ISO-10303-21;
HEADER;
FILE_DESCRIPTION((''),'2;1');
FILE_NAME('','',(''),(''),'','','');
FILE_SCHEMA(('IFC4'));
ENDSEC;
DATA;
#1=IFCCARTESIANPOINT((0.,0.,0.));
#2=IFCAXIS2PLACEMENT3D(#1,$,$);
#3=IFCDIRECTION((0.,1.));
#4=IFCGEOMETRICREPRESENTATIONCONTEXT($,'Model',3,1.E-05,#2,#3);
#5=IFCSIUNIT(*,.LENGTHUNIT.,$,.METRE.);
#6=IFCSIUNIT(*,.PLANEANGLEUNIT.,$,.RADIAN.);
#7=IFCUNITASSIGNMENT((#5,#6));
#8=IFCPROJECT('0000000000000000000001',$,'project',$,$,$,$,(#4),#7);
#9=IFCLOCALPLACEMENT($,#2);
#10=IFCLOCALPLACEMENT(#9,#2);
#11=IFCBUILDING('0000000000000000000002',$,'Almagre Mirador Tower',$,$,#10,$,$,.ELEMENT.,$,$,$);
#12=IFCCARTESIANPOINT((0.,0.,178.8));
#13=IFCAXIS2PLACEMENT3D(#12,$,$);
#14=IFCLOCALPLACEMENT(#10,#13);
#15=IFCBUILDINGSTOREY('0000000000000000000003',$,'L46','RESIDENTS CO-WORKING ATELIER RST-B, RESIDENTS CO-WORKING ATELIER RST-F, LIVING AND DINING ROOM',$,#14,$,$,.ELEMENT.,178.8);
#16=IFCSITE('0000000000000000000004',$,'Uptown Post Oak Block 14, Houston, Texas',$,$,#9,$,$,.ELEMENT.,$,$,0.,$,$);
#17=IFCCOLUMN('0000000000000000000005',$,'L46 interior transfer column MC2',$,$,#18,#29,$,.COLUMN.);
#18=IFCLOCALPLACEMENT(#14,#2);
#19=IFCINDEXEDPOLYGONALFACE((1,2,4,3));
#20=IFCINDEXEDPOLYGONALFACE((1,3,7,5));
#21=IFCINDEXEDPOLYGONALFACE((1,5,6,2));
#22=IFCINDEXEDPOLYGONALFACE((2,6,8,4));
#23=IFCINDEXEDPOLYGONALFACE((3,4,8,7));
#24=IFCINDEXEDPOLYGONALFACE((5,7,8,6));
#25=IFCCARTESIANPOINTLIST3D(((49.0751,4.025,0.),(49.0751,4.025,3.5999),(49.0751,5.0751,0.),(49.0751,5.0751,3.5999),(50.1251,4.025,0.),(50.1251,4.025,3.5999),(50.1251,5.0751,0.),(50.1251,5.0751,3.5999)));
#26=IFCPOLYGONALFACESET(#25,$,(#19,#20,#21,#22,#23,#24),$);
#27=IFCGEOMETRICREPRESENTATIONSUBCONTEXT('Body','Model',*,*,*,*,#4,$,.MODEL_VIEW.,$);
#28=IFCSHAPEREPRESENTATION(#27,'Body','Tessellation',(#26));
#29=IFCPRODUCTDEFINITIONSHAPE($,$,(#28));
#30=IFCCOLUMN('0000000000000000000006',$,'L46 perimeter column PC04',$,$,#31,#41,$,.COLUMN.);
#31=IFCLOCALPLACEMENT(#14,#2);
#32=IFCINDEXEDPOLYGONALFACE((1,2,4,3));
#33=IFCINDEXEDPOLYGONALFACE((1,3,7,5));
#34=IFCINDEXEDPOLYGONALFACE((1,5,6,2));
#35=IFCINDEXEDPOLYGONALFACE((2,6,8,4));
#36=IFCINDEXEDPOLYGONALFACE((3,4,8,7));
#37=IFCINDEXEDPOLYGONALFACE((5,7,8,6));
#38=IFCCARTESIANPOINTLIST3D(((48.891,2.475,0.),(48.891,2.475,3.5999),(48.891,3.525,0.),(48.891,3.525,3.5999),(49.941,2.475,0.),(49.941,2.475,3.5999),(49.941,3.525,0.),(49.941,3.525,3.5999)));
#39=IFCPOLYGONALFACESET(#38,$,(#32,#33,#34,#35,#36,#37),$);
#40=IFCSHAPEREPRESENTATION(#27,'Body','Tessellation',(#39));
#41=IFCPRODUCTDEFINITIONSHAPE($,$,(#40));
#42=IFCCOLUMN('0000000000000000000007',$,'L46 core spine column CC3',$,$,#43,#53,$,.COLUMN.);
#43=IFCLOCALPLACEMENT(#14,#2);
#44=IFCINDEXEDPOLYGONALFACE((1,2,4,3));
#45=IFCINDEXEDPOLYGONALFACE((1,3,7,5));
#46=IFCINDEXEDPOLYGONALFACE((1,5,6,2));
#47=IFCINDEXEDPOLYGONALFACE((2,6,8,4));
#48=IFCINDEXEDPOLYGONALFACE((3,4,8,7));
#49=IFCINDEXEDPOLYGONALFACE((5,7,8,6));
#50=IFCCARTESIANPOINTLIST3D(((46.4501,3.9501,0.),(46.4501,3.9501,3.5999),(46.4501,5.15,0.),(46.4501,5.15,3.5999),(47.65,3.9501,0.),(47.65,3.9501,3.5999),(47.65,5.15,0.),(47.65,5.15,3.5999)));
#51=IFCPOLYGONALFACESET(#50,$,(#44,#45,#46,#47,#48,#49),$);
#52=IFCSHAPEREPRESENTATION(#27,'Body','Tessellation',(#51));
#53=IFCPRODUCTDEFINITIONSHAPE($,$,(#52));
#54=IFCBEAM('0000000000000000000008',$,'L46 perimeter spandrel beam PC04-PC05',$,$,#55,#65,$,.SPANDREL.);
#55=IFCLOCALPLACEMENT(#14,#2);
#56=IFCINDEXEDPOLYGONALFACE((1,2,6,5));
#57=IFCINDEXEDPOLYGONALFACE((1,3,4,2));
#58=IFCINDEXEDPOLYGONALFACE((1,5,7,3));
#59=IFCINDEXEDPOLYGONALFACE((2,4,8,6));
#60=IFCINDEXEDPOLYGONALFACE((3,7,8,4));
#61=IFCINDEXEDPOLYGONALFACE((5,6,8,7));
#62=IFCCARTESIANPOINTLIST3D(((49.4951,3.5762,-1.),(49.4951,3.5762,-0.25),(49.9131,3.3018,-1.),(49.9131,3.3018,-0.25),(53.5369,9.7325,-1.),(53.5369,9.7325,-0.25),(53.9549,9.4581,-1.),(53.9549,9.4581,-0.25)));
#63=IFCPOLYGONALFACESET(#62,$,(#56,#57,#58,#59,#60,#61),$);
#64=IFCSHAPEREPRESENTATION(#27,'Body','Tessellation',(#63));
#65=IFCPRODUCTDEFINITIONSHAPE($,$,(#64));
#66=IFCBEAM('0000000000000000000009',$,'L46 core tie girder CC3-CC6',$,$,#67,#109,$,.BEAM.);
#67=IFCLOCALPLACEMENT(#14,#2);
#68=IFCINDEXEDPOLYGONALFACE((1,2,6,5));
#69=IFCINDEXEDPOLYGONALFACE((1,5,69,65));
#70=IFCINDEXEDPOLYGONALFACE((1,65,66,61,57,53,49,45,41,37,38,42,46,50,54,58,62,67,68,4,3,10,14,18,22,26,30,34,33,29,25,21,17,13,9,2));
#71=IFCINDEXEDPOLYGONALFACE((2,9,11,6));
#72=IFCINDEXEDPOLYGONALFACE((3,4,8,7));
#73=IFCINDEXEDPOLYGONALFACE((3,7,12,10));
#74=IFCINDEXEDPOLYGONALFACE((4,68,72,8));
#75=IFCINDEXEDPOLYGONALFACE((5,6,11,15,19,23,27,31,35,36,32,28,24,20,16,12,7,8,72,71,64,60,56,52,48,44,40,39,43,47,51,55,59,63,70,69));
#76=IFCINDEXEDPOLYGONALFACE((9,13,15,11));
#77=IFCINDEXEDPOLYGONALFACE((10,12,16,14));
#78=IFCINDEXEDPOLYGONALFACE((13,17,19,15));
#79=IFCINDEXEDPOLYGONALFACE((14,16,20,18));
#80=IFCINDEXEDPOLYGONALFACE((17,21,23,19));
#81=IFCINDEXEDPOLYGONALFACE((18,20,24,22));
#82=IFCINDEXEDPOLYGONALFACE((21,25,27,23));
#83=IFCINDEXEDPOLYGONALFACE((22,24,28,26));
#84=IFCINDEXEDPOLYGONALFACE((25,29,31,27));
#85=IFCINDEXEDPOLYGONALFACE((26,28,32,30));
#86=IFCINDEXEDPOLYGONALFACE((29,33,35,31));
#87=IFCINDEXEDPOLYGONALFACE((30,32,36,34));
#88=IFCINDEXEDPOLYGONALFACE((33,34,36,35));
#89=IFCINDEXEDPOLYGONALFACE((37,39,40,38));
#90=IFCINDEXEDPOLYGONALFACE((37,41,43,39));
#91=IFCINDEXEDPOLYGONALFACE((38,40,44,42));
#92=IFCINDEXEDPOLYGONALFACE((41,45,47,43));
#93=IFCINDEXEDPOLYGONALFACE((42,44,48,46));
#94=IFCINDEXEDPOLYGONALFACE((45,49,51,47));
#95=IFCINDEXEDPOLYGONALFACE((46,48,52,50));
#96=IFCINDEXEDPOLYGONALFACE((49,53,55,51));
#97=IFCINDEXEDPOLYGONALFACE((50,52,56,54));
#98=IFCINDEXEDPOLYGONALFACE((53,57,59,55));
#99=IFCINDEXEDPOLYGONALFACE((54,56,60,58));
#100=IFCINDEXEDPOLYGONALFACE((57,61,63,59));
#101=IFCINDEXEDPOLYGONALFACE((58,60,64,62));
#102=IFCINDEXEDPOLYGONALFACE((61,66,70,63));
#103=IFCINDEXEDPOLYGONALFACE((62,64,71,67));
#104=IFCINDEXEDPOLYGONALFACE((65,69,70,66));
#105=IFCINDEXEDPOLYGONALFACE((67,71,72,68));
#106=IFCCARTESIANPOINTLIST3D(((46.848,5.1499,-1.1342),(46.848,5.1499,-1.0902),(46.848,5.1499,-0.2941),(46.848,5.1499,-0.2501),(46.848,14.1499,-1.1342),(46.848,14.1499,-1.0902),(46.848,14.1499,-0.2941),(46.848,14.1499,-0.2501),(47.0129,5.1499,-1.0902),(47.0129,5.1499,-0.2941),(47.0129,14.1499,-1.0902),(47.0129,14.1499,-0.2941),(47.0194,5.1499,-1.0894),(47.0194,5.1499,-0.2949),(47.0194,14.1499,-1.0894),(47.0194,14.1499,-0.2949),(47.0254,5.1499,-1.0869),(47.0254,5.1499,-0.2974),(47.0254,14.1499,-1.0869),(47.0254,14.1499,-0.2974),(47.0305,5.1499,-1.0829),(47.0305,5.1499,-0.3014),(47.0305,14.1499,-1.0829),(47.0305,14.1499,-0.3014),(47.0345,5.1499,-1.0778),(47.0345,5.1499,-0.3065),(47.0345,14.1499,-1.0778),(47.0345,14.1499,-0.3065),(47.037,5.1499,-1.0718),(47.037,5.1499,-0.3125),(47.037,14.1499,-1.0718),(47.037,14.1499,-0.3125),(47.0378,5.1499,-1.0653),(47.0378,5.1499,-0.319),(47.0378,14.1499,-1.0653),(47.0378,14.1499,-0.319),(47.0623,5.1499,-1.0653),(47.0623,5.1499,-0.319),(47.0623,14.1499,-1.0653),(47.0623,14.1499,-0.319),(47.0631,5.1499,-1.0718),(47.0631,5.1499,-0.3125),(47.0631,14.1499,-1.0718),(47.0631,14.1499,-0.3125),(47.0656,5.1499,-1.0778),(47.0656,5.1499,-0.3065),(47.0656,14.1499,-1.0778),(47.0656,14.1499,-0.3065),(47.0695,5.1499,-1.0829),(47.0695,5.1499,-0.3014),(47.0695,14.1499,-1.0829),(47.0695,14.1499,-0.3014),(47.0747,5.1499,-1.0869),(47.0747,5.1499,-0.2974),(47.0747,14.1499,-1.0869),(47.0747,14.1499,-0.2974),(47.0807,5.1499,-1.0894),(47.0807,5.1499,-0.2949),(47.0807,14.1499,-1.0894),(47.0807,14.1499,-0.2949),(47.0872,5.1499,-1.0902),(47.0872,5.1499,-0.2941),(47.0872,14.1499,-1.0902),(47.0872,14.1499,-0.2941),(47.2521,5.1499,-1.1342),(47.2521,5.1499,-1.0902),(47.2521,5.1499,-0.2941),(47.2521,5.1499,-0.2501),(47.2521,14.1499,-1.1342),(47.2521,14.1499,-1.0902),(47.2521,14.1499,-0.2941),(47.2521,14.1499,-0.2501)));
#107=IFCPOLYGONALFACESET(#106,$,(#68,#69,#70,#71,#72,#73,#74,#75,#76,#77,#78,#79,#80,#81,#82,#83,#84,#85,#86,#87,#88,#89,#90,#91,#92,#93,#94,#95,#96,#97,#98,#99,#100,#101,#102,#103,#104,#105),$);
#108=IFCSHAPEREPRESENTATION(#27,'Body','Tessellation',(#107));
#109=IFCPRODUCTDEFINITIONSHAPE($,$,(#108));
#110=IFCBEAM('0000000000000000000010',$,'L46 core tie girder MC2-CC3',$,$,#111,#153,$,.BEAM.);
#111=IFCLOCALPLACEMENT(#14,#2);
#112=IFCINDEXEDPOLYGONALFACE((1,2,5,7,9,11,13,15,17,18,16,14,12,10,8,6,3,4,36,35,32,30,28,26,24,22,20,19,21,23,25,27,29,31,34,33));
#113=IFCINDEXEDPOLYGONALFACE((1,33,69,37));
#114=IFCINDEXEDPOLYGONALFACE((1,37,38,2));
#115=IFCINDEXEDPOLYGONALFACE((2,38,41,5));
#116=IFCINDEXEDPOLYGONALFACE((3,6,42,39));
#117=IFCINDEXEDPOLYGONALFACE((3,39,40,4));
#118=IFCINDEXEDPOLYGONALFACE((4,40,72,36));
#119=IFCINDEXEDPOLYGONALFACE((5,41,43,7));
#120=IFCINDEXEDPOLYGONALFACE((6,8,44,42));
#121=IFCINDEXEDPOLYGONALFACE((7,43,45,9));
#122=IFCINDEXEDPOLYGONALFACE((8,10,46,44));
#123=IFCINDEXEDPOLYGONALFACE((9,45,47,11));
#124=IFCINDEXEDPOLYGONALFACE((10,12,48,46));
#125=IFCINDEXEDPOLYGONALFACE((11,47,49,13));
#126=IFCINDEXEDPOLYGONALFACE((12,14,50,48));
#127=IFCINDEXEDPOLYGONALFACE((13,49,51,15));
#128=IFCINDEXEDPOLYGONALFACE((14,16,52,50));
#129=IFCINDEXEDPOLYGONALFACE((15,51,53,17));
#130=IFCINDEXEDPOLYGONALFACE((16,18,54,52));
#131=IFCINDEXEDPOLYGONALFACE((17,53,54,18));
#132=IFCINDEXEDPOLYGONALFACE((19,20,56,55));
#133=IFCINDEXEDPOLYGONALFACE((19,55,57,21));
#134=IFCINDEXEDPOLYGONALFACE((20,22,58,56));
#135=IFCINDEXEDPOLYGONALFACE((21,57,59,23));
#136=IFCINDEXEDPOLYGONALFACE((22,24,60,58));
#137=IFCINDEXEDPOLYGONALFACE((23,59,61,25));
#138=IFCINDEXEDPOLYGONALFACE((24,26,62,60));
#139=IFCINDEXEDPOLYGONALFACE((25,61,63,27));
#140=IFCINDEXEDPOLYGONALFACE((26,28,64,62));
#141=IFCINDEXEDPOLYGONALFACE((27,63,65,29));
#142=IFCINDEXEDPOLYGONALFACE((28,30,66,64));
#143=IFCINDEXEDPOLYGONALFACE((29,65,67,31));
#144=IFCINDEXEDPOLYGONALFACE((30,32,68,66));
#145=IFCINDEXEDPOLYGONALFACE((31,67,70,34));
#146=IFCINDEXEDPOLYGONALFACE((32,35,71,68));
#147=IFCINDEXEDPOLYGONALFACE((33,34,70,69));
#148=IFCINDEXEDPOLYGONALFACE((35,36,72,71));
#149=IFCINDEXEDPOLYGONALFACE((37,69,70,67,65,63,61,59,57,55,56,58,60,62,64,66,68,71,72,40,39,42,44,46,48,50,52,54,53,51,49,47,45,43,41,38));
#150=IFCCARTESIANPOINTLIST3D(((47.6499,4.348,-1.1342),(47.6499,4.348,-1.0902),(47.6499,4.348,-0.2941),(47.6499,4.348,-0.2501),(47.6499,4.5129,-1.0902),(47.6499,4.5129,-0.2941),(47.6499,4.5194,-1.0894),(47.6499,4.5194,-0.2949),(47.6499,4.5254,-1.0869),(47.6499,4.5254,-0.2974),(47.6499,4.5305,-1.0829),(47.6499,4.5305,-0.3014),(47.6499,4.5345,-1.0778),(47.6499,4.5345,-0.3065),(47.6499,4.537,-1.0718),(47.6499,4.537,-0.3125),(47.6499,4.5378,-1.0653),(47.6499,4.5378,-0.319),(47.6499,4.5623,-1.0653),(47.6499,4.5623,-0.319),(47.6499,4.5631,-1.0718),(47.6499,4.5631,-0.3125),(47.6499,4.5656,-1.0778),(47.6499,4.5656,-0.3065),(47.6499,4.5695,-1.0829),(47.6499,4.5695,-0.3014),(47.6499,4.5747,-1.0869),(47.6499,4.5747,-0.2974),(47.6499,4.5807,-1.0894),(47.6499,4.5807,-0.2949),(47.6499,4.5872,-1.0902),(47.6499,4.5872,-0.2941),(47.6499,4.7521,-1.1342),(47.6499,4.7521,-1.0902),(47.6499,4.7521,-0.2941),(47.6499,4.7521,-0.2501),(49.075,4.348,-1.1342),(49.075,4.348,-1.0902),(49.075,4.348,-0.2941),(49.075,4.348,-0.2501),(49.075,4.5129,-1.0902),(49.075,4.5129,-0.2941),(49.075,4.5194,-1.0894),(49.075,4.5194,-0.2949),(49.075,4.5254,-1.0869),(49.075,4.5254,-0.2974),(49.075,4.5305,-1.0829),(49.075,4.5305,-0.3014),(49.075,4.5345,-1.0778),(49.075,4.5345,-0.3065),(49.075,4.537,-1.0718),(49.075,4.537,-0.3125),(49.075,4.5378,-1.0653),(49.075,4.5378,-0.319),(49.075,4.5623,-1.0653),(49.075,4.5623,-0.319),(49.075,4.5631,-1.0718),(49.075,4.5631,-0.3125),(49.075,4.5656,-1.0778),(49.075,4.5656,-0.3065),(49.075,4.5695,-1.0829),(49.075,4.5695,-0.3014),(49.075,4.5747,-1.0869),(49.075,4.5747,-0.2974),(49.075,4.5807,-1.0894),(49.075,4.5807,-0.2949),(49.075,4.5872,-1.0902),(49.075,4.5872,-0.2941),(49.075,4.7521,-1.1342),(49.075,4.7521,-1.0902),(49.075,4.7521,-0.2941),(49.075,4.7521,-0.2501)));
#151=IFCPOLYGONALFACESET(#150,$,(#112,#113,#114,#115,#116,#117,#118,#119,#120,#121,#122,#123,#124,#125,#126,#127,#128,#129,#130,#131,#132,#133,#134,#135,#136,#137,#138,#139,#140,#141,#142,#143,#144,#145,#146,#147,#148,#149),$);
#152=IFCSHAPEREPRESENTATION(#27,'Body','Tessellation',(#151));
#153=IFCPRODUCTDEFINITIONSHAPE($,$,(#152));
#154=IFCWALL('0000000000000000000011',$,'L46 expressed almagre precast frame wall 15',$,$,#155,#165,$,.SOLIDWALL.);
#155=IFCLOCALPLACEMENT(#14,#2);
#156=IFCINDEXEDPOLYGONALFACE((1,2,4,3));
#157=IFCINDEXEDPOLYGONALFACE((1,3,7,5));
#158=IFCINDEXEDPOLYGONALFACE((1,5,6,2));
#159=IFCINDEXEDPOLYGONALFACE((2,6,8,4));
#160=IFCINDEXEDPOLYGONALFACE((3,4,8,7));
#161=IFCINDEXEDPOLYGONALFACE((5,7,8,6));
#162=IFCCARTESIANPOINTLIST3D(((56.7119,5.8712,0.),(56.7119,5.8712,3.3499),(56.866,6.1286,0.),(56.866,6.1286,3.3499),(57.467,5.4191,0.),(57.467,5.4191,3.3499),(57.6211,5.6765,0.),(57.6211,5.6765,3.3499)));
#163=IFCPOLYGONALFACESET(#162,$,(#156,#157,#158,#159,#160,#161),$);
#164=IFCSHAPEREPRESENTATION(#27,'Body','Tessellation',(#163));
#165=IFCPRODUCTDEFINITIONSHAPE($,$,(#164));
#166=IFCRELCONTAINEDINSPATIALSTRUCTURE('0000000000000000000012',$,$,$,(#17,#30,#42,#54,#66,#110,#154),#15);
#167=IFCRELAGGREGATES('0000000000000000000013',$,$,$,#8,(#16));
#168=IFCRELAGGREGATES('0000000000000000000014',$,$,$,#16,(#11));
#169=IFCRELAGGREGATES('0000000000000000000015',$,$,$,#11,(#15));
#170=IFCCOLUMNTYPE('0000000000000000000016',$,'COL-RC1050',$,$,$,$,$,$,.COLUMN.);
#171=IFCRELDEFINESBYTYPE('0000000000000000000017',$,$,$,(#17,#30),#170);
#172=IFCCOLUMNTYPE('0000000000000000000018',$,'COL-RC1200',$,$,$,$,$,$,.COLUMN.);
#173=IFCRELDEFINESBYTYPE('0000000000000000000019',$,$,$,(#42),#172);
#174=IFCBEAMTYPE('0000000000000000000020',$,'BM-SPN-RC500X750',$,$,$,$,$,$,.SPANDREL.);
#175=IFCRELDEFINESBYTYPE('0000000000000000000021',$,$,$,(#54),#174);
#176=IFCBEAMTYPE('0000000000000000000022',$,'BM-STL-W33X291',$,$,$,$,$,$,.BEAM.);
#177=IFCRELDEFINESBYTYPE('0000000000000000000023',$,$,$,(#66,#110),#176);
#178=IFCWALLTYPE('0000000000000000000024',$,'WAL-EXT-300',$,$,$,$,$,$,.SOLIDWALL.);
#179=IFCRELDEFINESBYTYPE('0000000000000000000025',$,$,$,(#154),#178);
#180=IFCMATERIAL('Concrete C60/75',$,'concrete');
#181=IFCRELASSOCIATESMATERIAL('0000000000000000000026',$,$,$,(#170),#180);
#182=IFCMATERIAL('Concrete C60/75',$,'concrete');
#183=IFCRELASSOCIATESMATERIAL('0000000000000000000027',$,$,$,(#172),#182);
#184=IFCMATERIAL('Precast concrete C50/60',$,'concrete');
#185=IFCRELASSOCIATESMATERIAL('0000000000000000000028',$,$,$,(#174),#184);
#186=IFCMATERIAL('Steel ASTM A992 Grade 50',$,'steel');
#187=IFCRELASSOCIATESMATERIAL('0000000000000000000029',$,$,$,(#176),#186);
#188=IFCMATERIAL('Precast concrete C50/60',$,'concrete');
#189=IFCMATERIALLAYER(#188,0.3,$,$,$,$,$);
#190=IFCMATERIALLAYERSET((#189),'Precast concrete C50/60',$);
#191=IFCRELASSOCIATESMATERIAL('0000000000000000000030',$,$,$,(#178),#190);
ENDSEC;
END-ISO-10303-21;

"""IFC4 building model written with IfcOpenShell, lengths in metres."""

from ifc_helpers import new_model, si_unit, direction, frame, frame_2d, origin, origin_2d, place, context, subcontext, project, spatial, rectangle, i_section, extrude, material, layer, layer_set, material_profile, profile_set, type_object, element, save


model = new_model("IFC4")

# Units and contexts
model_context = context("Model", 3, precision=1e-05, world=origin(), true_north=direction((0.0, 1.0)))
body_context = subcontext(model_context, "Body", "Model", "MODEL_VIEW")
ifc_project = project(units=[si_unit("LENGTHUNIT", "METRE"), si_unit("PLANEANGLEUNIT", "RADIAN")], contexts=[model_context])

# Site, building, storey
site_placement = place(None, origin())
site = spatial("IfcSite", under=ifc_project, at=site_placement, Name="Uptown Post Oak Block 14, Houston, Texas", CompositionType="ELEMENT", RefElevation=0.0)
building_placement = place(site_placement, origin())
building = spatial("IfcBuilding", under=site, at=building_placement, Name="Almagre Mirador Tower", CompositionType="ELEMENT")
storey_placement = place(building_placement, frame((0.0, 0.0, 178.8)))
storey = spatial("IfcBuildingStorey", under=building, at=storey_placement, Name="L46", Description="RESIDENTS CO-WORKING ATELIER RST-B, RESIDENTS CO-WORKING ATELIER RST-F, LIVING AND DINING ROOM", CompositionType="ELEMENT", Elevation=178.8)

# Columns
ifc_material_1 = material(Name="Concrete C60/75", Category="concrete")
ifc_material_profile_1 = material_profile(ifc_material_1, rectangle(XDim=1.05, YDim=1.05, at=origin_2d()), Name="RC1050X1050")
ifc_profile_set_1 = profile_set([ifc_material_profile_1], Name="Concrete C60/75")
column_type_1 = type_object("IfcColumnType", Name="COL-RC1050", PredefinedType="COLUMN", material=ifc_profile_set_1)
for number, where, z_axis, x_axis, name in (
    (1, (49.6001, 4.55, 0.0), (0.0, 0.0, 1.0), (1.0, 0.0, 0.0), "L46 interior transfer column MC2"),
    (2, (49.416, 3.0, 0.0), (0.0, 0.0, 1.0), (1.0, 0.0, 0.0), "L46 perimeter column PC04"),
):
    element("IfcColumn", number, at=place(storey_placement, frame(where, z_axis=z_axis, x_axis=x_axis)), inside=storey, type_object=column_type_1, Name=name, PredefinedType="COLUMN", context=body_context, shape_type="SweptSolid", body=[
        extrude(rectangle(XDim=1.05, YDim=1.05, at=origin_2d()), origin(), (0.0, 0.0, 1.0), 3.5999),
    ])
ifc_material_2 = material(Name="Concrete C60/75", Category="concrete")
ifc_material_profile_2 = material_profile(ifc_material_2, rectangle(XDim=1.2, YDim=1.2, at=origin_2d()), Name="RC1200X1200")
ifc_profile_set_2 = profile_set([ifc_material_profile_2], Name="Concrete C60/75")
column_type_2 = type_object("IfcColumnType", Name="COL-RC1200", PredefinedType="COLUMN", material=ifc_profile_set_2)
column_placement = place(storey_placement, frame((47.05, 4.55, 0.0), z_axis=(0.0, 0.0, 1.0), x_axis=(1.0, 0.0, 0.0)))
element("IfcColumn", 3, at=column_placement, inside=storey, type_object=column_type_2, Name="L46 core spine column CC3", PredefinedType="COLUMN", context=body_context, shape_type="SweptSolid", body=[
    extrude(rectangle(XDim=1.2, YDim=1.2, at=origin_2d()), origin(), (0.0, 0.0, 1.0), 3.5999),
])

# Beams
ifc_material_3 = material(Name="Precast concrete C50/60", Category="concrete")
ifc_material_profile_3 = material_profile(ifc_material_3, rectangle(XDim=0.5, YDim=0.75, at=origin_2d()), Name="RC500X750")
ifc_profile_set_3 = profile_set([ifc_material_profile_3], Name="Precast concrete C50/60")
beam_type_1 = type_object("IfcBeamType", Name="BM-SPN-RC500X750", PredefinedType="SPANDREL", material=ifc_profile_set_3)
beam_1_placement = place(storey_placement, frame((49.7041, 3.439, -0.625), z_axis=(0.548819, 0.835941, 0.0), x_axis=(-0.835941, 0.548819, 0.0)))
element("IfcBeam", 4, at=beam_1_placement, inside=storey, type_object=beam_type_1, Name="L46 perimeter spandrel beam PC04-PC05", PredefinedType="SPANDREL", context=body_context, shape_type="SweptSolid", body=[
    extrude(rectangle(XDim=0.5, YDim=0.75, at=origin_2d()), origin(), (0.0, 0.0, 1.0), 7.3645),
])
ifc_material_4 = material(Name="Steel ASTM A992 Grade 50", Category="steel")
ifc_material_profile_4 = material_profile(ifc_material_4, i_section(OverallWidth=0.4041, OverallDepth=0.884, WebThickness=0.0244, FlangeThickness=0.0439, FilletRadius=0.0249, at=origin_2d()), Name="W33X291")
ifc_profile_set_4 = profile_set([ifc_material_profile_4], Name="Steel ASTM A992 Grade 50")
beam_type_2 = type_object("IfcBeamType", Name="BM-STL-W33X291", PredefinedType="BEAM", material=ifc_profile_set_4)
beam_2_placement = place(storey_placement, frame((47.05, 5.1499, -0.6921), z_axis=(0.0, 1.0, 0.0), x_axis=(-1.0, 0.0, 0.0)))
element("IfcBeam", 5, at=beam_2_placement, inside=storey, type_object=beam_type_2, Name="L46 core tie girder CC3-CC6", PredefinedType="BEAM", context=body_context, shape_type="SweptSolid", body=[
    extrude(i_section(OverallWidth=0.4041, OverallDepth=0.884, WebThickness=0.0244, FlangeThickness=0.0439, FilletRadius=0.0249, at=origin_2d()), origin(), (0.0, 0.0, 1.0), 9.0),
])
beam_3_placement = place(storey_placement, frame((49.075, 4.55, -0.6921), z_axis=(-1.0, 0.0, 0.0), x_axis=(0.0, -1.0, 0.0)))
element("IfcBeam", 6, at=beam_3_placement, inside=storey, type_object=beam_type_2, Name="L46 core tie girder MC2-CC3", PredefinedType="BEAM", context=body_context, shape_type="SweptSolid", body=[
    extrude(i_section(OverallWidth=0.4041, OverallDepth=0.884, WebThickness=0.0244, FlangeThickness=0.0439, FilletRadius=0.0249, at=origin_2d()), origin(), (0.0, 0.0, 1.0), 1.425),
])

# Wall
ifc_material_5 = material(Name="Precast concrete C50/60", Category="concrete")
ifc_layer_1 = layer(ifc_material_5, 0.3)
ifc_layer_set_1 = layer_set([ifc_layer_1], Name="Precast concrete C50/60")
wall_type_1 = type_object("IfcWallType", Name="WAL-EXT-300", PredefinedType="SOLIDWALL", material=ifc_layer_set_1)
wall_1_placement = place(storey_placement, frame((57.5439, 5.5479, 0.0), z_axis=(0.0, 0.0, 1.0), x_axis=(-0.857958, 0.51372, 0.0)))
element("IfcWall", 7, at=wall_1_placement, inside=storey, type_object=wall_type_1, Name="L46 expressed almagre precast frame wall 15", PredefinedType="SOLIDWALL", context=body_context, shape_type="SweptSolid", body=[
    extrude(rectangle(XDim=0.8801, YDim=0.3, at=frame_2d((0.4399, 0.0))), origin(), (0.0, 0.0, 1.0), 3.3499),
])

save(model, "model.ifc")
